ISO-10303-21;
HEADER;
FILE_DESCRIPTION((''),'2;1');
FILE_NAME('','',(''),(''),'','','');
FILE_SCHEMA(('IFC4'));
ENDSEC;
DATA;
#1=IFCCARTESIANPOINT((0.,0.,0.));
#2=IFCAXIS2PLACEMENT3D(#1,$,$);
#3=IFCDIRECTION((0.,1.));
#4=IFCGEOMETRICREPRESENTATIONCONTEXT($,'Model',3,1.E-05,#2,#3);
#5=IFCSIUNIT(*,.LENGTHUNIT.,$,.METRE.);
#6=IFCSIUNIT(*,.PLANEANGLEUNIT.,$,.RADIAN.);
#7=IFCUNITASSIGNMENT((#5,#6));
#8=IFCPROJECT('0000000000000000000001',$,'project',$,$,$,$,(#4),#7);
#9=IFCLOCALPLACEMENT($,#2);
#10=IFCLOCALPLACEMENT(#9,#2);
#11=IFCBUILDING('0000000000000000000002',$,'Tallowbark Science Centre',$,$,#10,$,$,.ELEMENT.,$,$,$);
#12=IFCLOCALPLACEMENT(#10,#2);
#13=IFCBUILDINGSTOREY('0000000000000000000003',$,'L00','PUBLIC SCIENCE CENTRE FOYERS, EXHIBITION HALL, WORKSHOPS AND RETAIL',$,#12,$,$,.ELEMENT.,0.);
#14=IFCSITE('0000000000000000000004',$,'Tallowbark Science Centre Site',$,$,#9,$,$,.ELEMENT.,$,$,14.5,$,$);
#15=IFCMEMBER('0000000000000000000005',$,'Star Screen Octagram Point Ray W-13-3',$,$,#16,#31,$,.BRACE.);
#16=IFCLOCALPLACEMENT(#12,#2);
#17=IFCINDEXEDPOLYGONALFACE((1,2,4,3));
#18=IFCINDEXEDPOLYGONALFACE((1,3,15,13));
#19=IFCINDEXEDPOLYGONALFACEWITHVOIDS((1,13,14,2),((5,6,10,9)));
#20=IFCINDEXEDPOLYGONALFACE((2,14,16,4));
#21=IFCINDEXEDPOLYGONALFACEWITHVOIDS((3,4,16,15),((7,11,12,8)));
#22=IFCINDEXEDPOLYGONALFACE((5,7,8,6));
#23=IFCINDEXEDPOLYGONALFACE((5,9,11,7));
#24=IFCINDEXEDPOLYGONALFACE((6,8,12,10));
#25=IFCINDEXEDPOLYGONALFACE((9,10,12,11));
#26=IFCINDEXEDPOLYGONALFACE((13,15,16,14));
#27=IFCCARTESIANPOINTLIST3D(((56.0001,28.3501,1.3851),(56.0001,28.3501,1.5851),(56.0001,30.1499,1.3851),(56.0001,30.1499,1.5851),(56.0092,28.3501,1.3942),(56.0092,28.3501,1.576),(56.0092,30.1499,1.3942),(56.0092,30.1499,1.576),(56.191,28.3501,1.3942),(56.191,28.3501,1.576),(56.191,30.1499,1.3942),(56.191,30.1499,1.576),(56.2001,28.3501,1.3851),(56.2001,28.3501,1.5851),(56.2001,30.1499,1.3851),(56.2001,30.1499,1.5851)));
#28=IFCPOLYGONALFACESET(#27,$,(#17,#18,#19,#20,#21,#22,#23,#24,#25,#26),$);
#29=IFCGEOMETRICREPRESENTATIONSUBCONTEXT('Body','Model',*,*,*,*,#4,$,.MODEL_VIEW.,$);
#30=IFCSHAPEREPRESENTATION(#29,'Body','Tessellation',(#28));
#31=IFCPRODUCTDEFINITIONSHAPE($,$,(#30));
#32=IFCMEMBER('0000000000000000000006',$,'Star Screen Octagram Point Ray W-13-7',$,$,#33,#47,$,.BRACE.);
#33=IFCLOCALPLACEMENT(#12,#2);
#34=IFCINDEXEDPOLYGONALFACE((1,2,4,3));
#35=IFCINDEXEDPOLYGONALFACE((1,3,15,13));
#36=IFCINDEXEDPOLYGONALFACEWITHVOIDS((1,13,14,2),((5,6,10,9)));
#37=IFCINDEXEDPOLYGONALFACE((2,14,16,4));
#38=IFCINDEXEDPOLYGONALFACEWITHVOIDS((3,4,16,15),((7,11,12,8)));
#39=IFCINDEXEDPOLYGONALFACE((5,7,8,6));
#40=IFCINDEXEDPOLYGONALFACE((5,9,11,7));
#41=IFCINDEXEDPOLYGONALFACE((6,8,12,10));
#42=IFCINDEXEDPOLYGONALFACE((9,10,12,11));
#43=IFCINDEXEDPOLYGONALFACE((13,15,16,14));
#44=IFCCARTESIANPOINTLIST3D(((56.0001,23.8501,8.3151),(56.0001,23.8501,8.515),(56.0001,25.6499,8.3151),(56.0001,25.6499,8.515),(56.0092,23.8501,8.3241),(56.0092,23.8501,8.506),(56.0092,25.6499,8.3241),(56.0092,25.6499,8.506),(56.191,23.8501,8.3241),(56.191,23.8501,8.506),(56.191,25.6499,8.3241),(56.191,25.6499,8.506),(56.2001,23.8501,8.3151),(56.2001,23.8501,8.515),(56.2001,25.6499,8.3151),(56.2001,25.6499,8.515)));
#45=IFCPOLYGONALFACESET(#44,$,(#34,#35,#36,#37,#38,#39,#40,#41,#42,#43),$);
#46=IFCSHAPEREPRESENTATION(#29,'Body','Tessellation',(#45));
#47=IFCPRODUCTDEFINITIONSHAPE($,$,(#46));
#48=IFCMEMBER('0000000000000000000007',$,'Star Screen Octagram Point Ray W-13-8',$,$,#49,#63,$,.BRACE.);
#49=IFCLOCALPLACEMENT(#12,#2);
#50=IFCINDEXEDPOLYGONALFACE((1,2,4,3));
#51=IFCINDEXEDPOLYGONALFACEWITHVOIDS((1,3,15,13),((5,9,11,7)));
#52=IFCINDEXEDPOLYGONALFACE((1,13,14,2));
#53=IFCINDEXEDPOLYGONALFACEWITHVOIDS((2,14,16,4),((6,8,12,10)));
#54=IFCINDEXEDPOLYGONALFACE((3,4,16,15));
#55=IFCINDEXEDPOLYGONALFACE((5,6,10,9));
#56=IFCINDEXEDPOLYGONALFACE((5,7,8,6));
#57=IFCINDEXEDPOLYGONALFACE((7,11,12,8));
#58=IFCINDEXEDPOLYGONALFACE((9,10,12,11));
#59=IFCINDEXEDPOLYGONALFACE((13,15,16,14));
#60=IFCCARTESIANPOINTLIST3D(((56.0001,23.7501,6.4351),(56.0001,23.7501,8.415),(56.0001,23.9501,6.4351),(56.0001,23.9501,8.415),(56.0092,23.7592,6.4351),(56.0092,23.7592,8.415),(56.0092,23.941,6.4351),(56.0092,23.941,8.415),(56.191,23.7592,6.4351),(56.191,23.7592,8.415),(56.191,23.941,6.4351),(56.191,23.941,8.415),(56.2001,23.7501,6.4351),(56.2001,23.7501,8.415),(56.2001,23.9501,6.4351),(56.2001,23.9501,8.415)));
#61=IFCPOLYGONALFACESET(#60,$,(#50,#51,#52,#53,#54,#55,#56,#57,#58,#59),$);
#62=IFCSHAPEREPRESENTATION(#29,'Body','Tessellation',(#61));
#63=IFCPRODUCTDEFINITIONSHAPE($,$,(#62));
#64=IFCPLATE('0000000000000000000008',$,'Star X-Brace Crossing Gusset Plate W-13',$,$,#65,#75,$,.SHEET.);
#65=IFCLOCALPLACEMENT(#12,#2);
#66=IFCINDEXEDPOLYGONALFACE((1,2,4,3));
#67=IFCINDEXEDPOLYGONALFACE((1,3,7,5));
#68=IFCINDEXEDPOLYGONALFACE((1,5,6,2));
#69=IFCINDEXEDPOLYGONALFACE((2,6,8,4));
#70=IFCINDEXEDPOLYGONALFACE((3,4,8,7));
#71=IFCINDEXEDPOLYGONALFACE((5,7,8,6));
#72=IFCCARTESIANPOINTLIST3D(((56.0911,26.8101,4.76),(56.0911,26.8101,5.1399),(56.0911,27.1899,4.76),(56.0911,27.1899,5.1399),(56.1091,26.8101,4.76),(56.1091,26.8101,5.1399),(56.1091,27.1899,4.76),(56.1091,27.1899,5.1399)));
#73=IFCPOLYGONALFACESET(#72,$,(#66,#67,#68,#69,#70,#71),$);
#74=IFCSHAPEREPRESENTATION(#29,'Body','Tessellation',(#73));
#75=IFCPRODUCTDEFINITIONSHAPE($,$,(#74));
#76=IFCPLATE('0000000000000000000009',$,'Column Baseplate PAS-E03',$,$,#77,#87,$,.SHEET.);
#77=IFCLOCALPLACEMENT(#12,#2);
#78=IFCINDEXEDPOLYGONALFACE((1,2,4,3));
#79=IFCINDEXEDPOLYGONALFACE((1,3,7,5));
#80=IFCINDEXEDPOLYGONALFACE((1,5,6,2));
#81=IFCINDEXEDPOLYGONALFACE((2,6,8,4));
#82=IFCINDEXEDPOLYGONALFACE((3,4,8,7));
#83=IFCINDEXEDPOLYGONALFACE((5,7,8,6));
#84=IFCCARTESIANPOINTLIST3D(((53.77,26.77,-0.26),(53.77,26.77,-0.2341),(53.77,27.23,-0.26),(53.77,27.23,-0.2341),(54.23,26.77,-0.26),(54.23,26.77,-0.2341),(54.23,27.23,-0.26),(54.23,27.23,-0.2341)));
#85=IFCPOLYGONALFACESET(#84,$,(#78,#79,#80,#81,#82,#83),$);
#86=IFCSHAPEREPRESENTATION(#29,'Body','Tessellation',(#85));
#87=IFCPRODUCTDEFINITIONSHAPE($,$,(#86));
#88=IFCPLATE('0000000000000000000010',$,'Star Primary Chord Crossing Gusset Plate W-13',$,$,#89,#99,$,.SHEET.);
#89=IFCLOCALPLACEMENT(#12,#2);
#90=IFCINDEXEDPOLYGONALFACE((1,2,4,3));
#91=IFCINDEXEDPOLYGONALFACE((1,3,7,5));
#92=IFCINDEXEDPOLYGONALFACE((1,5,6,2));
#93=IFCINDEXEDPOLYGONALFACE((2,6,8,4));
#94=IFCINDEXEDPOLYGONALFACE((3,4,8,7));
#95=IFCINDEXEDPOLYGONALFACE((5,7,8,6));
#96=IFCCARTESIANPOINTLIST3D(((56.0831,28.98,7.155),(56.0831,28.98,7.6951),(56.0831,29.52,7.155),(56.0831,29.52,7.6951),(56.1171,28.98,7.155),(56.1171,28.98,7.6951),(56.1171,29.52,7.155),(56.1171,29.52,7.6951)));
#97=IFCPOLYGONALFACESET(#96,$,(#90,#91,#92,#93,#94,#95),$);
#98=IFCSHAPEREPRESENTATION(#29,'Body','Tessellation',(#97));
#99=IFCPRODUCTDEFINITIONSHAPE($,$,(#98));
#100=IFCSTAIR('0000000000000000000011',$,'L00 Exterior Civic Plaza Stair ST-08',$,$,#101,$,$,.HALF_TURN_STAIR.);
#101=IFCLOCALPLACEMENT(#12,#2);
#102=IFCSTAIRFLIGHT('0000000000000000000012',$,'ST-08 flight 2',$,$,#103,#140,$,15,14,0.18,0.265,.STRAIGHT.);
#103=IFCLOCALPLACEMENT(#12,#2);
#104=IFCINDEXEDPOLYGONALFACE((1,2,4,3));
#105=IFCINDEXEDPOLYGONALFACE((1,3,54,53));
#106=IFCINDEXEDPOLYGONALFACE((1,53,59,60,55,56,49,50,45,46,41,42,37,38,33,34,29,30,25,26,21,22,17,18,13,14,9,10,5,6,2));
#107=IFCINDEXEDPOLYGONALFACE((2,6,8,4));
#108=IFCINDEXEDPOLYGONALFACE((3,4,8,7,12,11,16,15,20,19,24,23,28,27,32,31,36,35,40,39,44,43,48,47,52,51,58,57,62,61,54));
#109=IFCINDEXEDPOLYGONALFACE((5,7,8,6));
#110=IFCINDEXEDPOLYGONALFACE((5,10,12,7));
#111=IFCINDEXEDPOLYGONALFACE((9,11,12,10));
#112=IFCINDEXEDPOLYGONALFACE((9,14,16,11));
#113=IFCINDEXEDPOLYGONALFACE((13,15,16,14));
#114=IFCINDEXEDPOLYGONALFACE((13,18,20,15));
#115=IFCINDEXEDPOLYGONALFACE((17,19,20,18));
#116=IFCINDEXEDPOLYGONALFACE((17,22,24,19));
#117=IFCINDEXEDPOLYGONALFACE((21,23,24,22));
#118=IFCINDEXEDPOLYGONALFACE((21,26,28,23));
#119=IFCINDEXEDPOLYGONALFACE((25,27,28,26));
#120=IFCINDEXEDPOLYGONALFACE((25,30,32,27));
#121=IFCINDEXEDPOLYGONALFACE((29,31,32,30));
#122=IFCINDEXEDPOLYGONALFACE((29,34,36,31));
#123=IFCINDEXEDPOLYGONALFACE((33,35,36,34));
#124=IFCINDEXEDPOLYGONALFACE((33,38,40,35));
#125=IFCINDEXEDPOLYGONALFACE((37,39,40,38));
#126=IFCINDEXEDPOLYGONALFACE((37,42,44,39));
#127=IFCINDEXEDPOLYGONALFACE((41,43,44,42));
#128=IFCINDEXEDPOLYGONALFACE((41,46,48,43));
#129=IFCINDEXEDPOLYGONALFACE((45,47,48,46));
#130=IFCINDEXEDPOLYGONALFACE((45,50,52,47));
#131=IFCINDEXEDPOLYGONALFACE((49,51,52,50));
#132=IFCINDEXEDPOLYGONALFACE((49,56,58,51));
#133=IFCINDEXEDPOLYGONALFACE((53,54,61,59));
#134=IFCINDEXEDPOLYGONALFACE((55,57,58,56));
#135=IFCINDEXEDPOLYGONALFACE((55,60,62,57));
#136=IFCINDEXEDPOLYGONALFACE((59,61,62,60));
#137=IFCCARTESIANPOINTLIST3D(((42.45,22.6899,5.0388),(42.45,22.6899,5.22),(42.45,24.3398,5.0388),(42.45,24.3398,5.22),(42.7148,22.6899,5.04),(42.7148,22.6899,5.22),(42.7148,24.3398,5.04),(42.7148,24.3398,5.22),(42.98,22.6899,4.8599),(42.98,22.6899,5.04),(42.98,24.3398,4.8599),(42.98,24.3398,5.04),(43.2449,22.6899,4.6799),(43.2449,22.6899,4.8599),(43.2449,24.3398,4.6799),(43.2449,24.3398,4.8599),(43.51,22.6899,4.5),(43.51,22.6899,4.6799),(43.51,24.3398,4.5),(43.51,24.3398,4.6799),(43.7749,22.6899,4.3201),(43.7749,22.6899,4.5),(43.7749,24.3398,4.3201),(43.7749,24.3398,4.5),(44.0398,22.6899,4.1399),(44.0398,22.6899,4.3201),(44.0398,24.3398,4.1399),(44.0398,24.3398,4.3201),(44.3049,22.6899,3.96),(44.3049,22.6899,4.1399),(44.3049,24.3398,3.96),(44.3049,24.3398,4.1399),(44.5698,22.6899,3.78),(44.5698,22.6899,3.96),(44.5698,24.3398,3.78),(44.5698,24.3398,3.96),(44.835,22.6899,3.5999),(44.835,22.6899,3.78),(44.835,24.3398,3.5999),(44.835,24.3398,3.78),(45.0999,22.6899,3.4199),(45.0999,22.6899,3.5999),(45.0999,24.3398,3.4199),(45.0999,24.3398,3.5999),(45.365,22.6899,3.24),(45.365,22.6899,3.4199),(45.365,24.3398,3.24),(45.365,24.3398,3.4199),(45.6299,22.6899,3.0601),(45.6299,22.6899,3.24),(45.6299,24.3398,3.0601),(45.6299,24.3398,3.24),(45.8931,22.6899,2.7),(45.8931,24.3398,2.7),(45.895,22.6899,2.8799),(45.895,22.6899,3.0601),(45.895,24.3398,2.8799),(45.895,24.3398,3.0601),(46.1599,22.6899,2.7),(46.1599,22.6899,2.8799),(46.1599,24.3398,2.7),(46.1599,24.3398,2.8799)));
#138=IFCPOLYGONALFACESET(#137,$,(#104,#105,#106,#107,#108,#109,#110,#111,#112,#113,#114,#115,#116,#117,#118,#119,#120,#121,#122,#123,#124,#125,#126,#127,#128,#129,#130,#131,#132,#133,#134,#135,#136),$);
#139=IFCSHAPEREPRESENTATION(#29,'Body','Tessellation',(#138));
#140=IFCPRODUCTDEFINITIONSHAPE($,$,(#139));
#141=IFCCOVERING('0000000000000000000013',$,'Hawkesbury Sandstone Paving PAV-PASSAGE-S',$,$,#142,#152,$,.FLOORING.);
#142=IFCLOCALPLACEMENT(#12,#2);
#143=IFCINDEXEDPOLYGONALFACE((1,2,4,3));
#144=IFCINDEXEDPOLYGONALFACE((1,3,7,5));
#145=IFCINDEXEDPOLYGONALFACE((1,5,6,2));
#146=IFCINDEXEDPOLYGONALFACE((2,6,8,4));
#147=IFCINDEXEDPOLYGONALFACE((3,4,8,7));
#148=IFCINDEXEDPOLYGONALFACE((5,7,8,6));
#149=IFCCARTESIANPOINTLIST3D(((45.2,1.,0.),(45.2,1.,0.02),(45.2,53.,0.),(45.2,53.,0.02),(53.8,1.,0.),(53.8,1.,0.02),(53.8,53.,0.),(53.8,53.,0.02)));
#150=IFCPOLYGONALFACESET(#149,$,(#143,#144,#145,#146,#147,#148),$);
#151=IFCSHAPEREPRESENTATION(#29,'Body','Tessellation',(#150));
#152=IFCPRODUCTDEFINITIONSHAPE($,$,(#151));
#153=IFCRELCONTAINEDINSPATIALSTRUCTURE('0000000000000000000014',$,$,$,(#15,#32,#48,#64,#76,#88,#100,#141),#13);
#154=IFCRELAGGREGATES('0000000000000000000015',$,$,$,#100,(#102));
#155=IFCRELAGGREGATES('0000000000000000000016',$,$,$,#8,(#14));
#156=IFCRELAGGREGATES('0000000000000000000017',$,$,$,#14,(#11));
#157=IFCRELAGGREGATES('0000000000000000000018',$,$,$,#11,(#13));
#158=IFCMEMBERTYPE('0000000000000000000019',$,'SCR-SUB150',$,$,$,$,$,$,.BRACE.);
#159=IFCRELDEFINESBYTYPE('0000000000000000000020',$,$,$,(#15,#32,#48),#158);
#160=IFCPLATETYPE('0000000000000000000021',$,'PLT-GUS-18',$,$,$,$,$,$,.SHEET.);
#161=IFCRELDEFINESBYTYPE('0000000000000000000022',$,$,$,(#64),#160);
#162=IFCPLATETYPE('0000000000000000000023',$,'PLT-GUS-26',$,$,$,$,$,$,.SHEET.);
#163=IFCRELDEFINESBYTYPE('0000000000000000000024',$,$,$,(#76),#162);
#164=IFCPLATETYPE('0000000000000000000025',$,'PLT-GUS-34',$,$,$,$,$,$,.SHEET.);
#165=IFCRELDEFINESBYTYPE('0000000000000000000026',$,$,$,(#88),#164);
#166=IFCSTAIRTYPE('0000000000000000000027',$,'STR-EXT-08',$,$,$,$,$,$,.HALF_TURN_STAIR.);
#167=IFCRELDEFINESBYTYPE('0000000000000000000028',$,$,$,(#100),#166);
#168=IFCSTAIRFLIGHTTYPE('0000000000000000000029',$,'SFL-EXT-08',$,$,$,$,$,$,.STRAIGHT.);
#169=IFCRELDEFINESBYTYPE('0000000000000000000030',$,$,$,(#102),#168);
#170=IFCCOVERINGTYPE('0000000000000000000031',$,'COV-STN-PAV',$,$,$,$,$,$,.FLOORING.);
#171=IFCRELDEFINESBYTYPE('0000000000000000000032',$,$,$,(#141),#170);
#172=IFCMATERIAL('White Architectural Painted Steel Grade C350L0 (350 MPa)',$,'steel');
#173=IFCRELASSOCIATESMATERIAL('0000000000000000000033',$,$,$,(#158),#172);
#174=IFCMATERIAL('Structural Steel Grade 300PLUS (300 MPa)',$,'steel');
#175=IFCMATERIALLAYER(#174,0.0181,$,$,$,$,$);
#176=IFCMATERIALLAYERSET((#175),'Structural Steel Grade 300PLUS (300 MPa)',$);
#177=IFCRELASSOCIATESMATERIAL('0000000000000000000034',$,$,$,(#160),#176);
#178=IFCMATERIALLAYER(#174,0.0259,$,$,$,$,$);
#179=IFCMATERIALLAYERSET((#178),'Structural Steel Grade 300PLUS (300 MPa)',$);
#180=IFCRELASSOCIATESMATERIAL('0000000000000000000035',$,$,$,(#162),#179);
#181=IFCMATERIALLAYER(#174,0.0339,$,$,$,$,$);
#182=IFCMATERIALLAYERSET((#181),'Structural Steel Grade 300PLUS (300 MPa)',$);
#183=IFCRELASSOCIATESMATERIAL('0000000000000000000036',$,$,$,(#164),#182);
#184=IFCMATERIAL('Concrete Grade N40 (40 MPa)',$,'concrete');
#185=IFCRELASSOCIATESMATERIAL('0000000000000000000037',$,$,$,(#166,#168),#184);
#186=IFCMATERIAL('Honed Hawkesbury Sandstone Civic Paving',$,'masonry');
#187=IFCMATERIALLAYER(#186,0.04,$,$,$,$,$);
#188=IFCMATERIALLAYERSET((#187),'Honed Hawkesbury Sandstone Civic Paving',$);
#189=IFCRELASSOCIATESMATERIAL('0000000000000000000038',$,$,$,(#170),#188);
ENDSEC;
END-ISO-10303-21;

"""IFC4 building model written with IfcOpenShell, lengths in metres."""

from ifc_helpers import new_model, si_unit, direction, frame, origin, origin_2d, place, context, subcontext, project, spatial, polyline, rectangle, hollow_rectangle, outline, extrude, material, layer, layer_set, material_profile, profile_set, type_object, element, aggregate, save


model = new_model("IFC4")

# Units and contexts
model_context = context("Model", 3, precision=1e-05, world=origin(), true_north=direction((0.0, 1.0)))
body_context = subcontext(model_context, "Body", "Model", "MODEL_VIEW")
ifc_project = project(units=[si_unit("LENGTHUNIT", "METRE"), si_unit("PLANEANGLEUNIT", "RADIAN")], contexts=[model_context])

# Site, building, storey
site_placement = place(None, origin())
site = spatial("IfcSite", under=ifc_project, at=site_placement, Name="Tallowbark Science Centre Site", CompositionType="ELEMENT", RefElevation=14.5)
building_placement = place(site_placement, origin())
building = spatial("IfcBuilding", under=site, at=building_placement, Name="Tallowbark Science Centre", CompositionType="ELEMENT")
storey_placement = place(building_placement, origin())
storey = spatial("IfcBuildingStorey", under=building, at=storey_placement, Name="L00", Description="PUBLIC SCIENCE CENTRE FOYERS, EXHIBITION HALL, WORKSHOPS AND RETAIL", CompositionType="ELEMENT", Elevation=0.0)

# Shared definitions
ifc_material_1 = material(Name="Concrete Grade N40 (40 MPa)", Category="concrete")

# Shared definitions
ifc_material_2 = material(Name="Structural Steel Grade 300PLUS (300 MPa)", Category="steel")

# Members
ifc_material_3 = material(Name="White Architectural Painted Steel Grade C350L0 (350 MPa)", Category="steel")
ifc_material_profile_1 = material_profile(ifc_material_3, hollow_rectangle(XDim=0.2, YDim=0.2, WallThickness=0.009, at=origin_2d()), Name="200x200x9.0SHS")
ifc_profile_set_1 = profile_set([ifc_material_profile_1], Name="White Architectural Painted Steel Grade C350L0 (350 MPa)")
member_type_1 = type_object("IfcMemberType", Name="SCR-SUB150", PredefinedType="BRACE", material=ifc_profile_set_1)
for number, where, z_axis, x_axis, name in (
    (1, (56.1001, 30.1499, 1.4851), (0.0, -1.0, 0.0), (1.0, 0.0, 0.0), "Star Screen Octagram Point Ray W-13-3"),
    (2, (56.1001, 23.8501, 8.415), (0.0, 1.0, 0.0), (-1.0, 0.0, 0.0), "Star Screen Octagram Point Ray W-13-7"),
):
    element("IfcMember", number, at=place(storey_placement, frame(where, z_axis=z_axis, x_axis=x_axis)), inside=storey, type_object=member_type_1, Name=name, PredefinedType="BRACE", context=body_context, shape_type="SweptSolid", body=[
        extrude(hollow_rectangle(XDim=0.2, YDim=0.2, WallThickness=0.009, at=origin_2d()), origin(), (0.0, 0.0, 1.0), 1.7998),
    ])
member_1_placement = place(storey_placement, frame((56.1001, 23.8501, 8.415), z_axis=(0.0, 0.0, -1.0), x_axis=(1.0, 0.0, 0.0)))
element("IfcMember", 3, at=member_1_placement, inside=storey, type_object=member_type_1, Name="Star Screen Octagram Point Ray W-13-8", PredefinedType="BRACE", context=body_context, shape_type="SweptSolid", body=[
    extrude(hollow_rectangle(XDim=0.2, YDim=0.2, WallThickness=0.009, at=origin_2d()), origin(), (0.0, 0.0, 1.0), 1.98),
])

# Plates
ifc_layer_1 = layer(ifc_material_2, 0.0181)
ifc_layer_set_1 = layer_set([ifc_layer_1], Name="Structural Steel Grade 300PLUS (300 MPa)")
plate_type_1 = type_object("IfcPlateType", Name="PLT-GUS-18", PredefinedType="SHEET", material=ifc_layer_set_1)
plate_1_placement = place(storey_placement, frame((56.1001, 27.0, 4.76), z_axis=(0.0, 0.0, 1.0), x_axis=(0.0, 1.0, 0.0)))
element("IfcPlate", 4, at=plate_1_placement, inside=storey, type_object=plate_type_1, Name="Star X-Brace Crossing Gusset Plate W-13", PredefinedType="SHEET", context=body_context, shape_type="SweptSolid", body=[
    extrude(rectangle(XDim=0.3799, YDim=0.0181, at=origin_2d()), origin(), (0.0, 0.0, 1.0), 0.3799),
])
ifc_layer_2 = layer(ifc_material_2, 0.0259)
ifc_layer_set_2 = layer_set([ifc_layer_2], Name="Structural Steel Grade 300PLUS (300 MPa)")
plate_type_2 = type_object("IfcPlateType", Name="PLT-GUS-26", PredefinedType="SHEET", material=ifc_layer_set_2)
plate_2_placement = place(storey_placement, frame((54.0, 27.0, -0.26), z_axis=(0.0, 0.0, 1.0), x_axis=(1.0, 0.0, 0.0)))
element("IfcPlate", 5, at=plate_2_placement, inside=storey, type_object=plate_type_2, Name="Column Baseplate PAS-E03", PredefinedType="SHEET", context=body_context, shape_type="SweptSolid", body=[
    extrude(rectangle(XDim=0.46, YDim=0.46, at=origin_2d()), origin(), (0.0, 0.0, 1.0), 0.0259),
])
ifc_layer_3 = layer(ifc_material_2, 0.0339)
ifc_layer_set_3 = layer_set([ifc_layer_3], Name="Structural Steel Grade 300PLUS (300 MPa)")
plate_type_3 = type_object("IfcPlateType", Name="PLT-GUS-34", PredefinedType="SHEET", material=ifc_layer_set_3)
plate_3_placement = place(storey_placement, frame((56.1001, 29.25, 7.155), z_axis=(0.0, 0.0, 1.0), x_axis=(0.0, 1.0, 0.0)))
element("IfcPlate", 6, at=plate_3_placement, inside=storey, type_object=plate_type_3, Name="Star Primary Chord Crossing Gusset Plate W-13", PredefinedType="SHEET", context=body_context, shape_type="SweptSolid", body=[
    extrude(rectangle(XDim=0.54, YDim=0.0339, at=origin_2d()), origin(), (0.0, 0.0, 1.0), 0.54),
])

# Stair, stair flight
stair_type = type_object("IfcStairType", Name="STR-EXT-08", PredefinedType="HALF_TURN_STAIR", material=ifc_material_1)
stair_placement = place(storey_placement, origin())
stair = element("IfcStair", 7, at=stair_placement, inside=storey, type_object=stair_type, Name="L00 Exterior Civic Plaza Stair ST-08", PredefinedType="HALF_TURN_STAIR")
stair_flight_type = type_object("IfcStairFlightType", Name="SFL-EXT-08", PredefinedType="STRAIGHT", material=ifc_material_1)
stair_flight_placement = place(storey_placement, frame((46.1599, 23.5149, 2.7), z_axis=(0.0, 0.0, 1.0), x_axis=(-1.0, 0.0, 0.0)))
stair_flight = element("IfcStairFlight", 8, at=stair_flight_placement, type_object=stair_flight_type, Name="ST-08 flight 2", NumberOfRisers=15, NumberOfTreads=14, PredefinedType="STRAIGHT", RiserHeight=0.18, TreadLength=0.265, context=body_context, shape_type="SweptSolid", body=[
    extrude(outline(polyline([(0.0, 0.0), (0.0, 0.1799), (0.2649, 0.1799), (0.2649, 0.3601), (0.53, 0.3601), (0.53, 0.54), (0.7949, 0.54), (0.7949, 0.72), (1.0601, 0.72), (1.0601, 0.8999), (1.325, 0.8999), (1.325, 1.0801), (1.5901, 1.0801), (1.5901, 1.26), (1.855, 1.26), (1.855, 1.4399), (2.1201, 1.4399), (2.1201, 1.6201), (2.385, 1.6201), (2.385, 1.8), (2.6499, 1.8), (2.6499, 1.98), (2.915, 1.98), (2.915, 2.1599), (3.1799, 2.1599), (3.1799, 2.3401), (3.4451, 2.3401), (3.4451, 2.52), (3.71, 2.52), (3.71, 2.7), (3.71, 2.3389), (0.2668, 0.0), (0.0, 0.0)])), frame((0.0, 0.825, 0.0), z_axis=(0.0, -1.0, 0.0), x_axis=(1.0, 0.0, 0.0)), (0.0, 0.0, 1.0), 1.6499),
])
aggregate(stair, [stair_flight])

# Covering
ifc_material_4 = material(Name="Honed Hawkesbury Sandstone Civic Paving", Category="masonry")
ifc_layer_4 = layer(ifc_material_4, 0.04)
ifc_layer_set_4 = layer_set([ifc_layer_4], Name="Honed Hawkesbury Sandstone Civic Paving")
covering_type = type_object("IfcCoveringType", Name="COV-STN-PAV", PredefinedType="FLOORING", material=ifc_layer_set_4)
covering_placement = place(storey_placement, frame((49.5, 27.0, 0.0), z_axis=(0.0, 0.0, 1.0), x_axis=(1.0, 0.0, 0.0)))
element("IfcCovering", 9, at=covering_placement, inside=storey, type_object=covering_type, Name="Hawkesbury Sandstone Paving PAV-PASSAGE-S", PredefinedType="FLOORING", context=body_context, shape_type="SweptSolid", body=[
    extrude(rectangle(XDim=8.6001, YDim=52.0, at=origin_2d()), origin(), (0.0, 0.0, 1.0), 0.02),
])

save(model, "model.ifc")
